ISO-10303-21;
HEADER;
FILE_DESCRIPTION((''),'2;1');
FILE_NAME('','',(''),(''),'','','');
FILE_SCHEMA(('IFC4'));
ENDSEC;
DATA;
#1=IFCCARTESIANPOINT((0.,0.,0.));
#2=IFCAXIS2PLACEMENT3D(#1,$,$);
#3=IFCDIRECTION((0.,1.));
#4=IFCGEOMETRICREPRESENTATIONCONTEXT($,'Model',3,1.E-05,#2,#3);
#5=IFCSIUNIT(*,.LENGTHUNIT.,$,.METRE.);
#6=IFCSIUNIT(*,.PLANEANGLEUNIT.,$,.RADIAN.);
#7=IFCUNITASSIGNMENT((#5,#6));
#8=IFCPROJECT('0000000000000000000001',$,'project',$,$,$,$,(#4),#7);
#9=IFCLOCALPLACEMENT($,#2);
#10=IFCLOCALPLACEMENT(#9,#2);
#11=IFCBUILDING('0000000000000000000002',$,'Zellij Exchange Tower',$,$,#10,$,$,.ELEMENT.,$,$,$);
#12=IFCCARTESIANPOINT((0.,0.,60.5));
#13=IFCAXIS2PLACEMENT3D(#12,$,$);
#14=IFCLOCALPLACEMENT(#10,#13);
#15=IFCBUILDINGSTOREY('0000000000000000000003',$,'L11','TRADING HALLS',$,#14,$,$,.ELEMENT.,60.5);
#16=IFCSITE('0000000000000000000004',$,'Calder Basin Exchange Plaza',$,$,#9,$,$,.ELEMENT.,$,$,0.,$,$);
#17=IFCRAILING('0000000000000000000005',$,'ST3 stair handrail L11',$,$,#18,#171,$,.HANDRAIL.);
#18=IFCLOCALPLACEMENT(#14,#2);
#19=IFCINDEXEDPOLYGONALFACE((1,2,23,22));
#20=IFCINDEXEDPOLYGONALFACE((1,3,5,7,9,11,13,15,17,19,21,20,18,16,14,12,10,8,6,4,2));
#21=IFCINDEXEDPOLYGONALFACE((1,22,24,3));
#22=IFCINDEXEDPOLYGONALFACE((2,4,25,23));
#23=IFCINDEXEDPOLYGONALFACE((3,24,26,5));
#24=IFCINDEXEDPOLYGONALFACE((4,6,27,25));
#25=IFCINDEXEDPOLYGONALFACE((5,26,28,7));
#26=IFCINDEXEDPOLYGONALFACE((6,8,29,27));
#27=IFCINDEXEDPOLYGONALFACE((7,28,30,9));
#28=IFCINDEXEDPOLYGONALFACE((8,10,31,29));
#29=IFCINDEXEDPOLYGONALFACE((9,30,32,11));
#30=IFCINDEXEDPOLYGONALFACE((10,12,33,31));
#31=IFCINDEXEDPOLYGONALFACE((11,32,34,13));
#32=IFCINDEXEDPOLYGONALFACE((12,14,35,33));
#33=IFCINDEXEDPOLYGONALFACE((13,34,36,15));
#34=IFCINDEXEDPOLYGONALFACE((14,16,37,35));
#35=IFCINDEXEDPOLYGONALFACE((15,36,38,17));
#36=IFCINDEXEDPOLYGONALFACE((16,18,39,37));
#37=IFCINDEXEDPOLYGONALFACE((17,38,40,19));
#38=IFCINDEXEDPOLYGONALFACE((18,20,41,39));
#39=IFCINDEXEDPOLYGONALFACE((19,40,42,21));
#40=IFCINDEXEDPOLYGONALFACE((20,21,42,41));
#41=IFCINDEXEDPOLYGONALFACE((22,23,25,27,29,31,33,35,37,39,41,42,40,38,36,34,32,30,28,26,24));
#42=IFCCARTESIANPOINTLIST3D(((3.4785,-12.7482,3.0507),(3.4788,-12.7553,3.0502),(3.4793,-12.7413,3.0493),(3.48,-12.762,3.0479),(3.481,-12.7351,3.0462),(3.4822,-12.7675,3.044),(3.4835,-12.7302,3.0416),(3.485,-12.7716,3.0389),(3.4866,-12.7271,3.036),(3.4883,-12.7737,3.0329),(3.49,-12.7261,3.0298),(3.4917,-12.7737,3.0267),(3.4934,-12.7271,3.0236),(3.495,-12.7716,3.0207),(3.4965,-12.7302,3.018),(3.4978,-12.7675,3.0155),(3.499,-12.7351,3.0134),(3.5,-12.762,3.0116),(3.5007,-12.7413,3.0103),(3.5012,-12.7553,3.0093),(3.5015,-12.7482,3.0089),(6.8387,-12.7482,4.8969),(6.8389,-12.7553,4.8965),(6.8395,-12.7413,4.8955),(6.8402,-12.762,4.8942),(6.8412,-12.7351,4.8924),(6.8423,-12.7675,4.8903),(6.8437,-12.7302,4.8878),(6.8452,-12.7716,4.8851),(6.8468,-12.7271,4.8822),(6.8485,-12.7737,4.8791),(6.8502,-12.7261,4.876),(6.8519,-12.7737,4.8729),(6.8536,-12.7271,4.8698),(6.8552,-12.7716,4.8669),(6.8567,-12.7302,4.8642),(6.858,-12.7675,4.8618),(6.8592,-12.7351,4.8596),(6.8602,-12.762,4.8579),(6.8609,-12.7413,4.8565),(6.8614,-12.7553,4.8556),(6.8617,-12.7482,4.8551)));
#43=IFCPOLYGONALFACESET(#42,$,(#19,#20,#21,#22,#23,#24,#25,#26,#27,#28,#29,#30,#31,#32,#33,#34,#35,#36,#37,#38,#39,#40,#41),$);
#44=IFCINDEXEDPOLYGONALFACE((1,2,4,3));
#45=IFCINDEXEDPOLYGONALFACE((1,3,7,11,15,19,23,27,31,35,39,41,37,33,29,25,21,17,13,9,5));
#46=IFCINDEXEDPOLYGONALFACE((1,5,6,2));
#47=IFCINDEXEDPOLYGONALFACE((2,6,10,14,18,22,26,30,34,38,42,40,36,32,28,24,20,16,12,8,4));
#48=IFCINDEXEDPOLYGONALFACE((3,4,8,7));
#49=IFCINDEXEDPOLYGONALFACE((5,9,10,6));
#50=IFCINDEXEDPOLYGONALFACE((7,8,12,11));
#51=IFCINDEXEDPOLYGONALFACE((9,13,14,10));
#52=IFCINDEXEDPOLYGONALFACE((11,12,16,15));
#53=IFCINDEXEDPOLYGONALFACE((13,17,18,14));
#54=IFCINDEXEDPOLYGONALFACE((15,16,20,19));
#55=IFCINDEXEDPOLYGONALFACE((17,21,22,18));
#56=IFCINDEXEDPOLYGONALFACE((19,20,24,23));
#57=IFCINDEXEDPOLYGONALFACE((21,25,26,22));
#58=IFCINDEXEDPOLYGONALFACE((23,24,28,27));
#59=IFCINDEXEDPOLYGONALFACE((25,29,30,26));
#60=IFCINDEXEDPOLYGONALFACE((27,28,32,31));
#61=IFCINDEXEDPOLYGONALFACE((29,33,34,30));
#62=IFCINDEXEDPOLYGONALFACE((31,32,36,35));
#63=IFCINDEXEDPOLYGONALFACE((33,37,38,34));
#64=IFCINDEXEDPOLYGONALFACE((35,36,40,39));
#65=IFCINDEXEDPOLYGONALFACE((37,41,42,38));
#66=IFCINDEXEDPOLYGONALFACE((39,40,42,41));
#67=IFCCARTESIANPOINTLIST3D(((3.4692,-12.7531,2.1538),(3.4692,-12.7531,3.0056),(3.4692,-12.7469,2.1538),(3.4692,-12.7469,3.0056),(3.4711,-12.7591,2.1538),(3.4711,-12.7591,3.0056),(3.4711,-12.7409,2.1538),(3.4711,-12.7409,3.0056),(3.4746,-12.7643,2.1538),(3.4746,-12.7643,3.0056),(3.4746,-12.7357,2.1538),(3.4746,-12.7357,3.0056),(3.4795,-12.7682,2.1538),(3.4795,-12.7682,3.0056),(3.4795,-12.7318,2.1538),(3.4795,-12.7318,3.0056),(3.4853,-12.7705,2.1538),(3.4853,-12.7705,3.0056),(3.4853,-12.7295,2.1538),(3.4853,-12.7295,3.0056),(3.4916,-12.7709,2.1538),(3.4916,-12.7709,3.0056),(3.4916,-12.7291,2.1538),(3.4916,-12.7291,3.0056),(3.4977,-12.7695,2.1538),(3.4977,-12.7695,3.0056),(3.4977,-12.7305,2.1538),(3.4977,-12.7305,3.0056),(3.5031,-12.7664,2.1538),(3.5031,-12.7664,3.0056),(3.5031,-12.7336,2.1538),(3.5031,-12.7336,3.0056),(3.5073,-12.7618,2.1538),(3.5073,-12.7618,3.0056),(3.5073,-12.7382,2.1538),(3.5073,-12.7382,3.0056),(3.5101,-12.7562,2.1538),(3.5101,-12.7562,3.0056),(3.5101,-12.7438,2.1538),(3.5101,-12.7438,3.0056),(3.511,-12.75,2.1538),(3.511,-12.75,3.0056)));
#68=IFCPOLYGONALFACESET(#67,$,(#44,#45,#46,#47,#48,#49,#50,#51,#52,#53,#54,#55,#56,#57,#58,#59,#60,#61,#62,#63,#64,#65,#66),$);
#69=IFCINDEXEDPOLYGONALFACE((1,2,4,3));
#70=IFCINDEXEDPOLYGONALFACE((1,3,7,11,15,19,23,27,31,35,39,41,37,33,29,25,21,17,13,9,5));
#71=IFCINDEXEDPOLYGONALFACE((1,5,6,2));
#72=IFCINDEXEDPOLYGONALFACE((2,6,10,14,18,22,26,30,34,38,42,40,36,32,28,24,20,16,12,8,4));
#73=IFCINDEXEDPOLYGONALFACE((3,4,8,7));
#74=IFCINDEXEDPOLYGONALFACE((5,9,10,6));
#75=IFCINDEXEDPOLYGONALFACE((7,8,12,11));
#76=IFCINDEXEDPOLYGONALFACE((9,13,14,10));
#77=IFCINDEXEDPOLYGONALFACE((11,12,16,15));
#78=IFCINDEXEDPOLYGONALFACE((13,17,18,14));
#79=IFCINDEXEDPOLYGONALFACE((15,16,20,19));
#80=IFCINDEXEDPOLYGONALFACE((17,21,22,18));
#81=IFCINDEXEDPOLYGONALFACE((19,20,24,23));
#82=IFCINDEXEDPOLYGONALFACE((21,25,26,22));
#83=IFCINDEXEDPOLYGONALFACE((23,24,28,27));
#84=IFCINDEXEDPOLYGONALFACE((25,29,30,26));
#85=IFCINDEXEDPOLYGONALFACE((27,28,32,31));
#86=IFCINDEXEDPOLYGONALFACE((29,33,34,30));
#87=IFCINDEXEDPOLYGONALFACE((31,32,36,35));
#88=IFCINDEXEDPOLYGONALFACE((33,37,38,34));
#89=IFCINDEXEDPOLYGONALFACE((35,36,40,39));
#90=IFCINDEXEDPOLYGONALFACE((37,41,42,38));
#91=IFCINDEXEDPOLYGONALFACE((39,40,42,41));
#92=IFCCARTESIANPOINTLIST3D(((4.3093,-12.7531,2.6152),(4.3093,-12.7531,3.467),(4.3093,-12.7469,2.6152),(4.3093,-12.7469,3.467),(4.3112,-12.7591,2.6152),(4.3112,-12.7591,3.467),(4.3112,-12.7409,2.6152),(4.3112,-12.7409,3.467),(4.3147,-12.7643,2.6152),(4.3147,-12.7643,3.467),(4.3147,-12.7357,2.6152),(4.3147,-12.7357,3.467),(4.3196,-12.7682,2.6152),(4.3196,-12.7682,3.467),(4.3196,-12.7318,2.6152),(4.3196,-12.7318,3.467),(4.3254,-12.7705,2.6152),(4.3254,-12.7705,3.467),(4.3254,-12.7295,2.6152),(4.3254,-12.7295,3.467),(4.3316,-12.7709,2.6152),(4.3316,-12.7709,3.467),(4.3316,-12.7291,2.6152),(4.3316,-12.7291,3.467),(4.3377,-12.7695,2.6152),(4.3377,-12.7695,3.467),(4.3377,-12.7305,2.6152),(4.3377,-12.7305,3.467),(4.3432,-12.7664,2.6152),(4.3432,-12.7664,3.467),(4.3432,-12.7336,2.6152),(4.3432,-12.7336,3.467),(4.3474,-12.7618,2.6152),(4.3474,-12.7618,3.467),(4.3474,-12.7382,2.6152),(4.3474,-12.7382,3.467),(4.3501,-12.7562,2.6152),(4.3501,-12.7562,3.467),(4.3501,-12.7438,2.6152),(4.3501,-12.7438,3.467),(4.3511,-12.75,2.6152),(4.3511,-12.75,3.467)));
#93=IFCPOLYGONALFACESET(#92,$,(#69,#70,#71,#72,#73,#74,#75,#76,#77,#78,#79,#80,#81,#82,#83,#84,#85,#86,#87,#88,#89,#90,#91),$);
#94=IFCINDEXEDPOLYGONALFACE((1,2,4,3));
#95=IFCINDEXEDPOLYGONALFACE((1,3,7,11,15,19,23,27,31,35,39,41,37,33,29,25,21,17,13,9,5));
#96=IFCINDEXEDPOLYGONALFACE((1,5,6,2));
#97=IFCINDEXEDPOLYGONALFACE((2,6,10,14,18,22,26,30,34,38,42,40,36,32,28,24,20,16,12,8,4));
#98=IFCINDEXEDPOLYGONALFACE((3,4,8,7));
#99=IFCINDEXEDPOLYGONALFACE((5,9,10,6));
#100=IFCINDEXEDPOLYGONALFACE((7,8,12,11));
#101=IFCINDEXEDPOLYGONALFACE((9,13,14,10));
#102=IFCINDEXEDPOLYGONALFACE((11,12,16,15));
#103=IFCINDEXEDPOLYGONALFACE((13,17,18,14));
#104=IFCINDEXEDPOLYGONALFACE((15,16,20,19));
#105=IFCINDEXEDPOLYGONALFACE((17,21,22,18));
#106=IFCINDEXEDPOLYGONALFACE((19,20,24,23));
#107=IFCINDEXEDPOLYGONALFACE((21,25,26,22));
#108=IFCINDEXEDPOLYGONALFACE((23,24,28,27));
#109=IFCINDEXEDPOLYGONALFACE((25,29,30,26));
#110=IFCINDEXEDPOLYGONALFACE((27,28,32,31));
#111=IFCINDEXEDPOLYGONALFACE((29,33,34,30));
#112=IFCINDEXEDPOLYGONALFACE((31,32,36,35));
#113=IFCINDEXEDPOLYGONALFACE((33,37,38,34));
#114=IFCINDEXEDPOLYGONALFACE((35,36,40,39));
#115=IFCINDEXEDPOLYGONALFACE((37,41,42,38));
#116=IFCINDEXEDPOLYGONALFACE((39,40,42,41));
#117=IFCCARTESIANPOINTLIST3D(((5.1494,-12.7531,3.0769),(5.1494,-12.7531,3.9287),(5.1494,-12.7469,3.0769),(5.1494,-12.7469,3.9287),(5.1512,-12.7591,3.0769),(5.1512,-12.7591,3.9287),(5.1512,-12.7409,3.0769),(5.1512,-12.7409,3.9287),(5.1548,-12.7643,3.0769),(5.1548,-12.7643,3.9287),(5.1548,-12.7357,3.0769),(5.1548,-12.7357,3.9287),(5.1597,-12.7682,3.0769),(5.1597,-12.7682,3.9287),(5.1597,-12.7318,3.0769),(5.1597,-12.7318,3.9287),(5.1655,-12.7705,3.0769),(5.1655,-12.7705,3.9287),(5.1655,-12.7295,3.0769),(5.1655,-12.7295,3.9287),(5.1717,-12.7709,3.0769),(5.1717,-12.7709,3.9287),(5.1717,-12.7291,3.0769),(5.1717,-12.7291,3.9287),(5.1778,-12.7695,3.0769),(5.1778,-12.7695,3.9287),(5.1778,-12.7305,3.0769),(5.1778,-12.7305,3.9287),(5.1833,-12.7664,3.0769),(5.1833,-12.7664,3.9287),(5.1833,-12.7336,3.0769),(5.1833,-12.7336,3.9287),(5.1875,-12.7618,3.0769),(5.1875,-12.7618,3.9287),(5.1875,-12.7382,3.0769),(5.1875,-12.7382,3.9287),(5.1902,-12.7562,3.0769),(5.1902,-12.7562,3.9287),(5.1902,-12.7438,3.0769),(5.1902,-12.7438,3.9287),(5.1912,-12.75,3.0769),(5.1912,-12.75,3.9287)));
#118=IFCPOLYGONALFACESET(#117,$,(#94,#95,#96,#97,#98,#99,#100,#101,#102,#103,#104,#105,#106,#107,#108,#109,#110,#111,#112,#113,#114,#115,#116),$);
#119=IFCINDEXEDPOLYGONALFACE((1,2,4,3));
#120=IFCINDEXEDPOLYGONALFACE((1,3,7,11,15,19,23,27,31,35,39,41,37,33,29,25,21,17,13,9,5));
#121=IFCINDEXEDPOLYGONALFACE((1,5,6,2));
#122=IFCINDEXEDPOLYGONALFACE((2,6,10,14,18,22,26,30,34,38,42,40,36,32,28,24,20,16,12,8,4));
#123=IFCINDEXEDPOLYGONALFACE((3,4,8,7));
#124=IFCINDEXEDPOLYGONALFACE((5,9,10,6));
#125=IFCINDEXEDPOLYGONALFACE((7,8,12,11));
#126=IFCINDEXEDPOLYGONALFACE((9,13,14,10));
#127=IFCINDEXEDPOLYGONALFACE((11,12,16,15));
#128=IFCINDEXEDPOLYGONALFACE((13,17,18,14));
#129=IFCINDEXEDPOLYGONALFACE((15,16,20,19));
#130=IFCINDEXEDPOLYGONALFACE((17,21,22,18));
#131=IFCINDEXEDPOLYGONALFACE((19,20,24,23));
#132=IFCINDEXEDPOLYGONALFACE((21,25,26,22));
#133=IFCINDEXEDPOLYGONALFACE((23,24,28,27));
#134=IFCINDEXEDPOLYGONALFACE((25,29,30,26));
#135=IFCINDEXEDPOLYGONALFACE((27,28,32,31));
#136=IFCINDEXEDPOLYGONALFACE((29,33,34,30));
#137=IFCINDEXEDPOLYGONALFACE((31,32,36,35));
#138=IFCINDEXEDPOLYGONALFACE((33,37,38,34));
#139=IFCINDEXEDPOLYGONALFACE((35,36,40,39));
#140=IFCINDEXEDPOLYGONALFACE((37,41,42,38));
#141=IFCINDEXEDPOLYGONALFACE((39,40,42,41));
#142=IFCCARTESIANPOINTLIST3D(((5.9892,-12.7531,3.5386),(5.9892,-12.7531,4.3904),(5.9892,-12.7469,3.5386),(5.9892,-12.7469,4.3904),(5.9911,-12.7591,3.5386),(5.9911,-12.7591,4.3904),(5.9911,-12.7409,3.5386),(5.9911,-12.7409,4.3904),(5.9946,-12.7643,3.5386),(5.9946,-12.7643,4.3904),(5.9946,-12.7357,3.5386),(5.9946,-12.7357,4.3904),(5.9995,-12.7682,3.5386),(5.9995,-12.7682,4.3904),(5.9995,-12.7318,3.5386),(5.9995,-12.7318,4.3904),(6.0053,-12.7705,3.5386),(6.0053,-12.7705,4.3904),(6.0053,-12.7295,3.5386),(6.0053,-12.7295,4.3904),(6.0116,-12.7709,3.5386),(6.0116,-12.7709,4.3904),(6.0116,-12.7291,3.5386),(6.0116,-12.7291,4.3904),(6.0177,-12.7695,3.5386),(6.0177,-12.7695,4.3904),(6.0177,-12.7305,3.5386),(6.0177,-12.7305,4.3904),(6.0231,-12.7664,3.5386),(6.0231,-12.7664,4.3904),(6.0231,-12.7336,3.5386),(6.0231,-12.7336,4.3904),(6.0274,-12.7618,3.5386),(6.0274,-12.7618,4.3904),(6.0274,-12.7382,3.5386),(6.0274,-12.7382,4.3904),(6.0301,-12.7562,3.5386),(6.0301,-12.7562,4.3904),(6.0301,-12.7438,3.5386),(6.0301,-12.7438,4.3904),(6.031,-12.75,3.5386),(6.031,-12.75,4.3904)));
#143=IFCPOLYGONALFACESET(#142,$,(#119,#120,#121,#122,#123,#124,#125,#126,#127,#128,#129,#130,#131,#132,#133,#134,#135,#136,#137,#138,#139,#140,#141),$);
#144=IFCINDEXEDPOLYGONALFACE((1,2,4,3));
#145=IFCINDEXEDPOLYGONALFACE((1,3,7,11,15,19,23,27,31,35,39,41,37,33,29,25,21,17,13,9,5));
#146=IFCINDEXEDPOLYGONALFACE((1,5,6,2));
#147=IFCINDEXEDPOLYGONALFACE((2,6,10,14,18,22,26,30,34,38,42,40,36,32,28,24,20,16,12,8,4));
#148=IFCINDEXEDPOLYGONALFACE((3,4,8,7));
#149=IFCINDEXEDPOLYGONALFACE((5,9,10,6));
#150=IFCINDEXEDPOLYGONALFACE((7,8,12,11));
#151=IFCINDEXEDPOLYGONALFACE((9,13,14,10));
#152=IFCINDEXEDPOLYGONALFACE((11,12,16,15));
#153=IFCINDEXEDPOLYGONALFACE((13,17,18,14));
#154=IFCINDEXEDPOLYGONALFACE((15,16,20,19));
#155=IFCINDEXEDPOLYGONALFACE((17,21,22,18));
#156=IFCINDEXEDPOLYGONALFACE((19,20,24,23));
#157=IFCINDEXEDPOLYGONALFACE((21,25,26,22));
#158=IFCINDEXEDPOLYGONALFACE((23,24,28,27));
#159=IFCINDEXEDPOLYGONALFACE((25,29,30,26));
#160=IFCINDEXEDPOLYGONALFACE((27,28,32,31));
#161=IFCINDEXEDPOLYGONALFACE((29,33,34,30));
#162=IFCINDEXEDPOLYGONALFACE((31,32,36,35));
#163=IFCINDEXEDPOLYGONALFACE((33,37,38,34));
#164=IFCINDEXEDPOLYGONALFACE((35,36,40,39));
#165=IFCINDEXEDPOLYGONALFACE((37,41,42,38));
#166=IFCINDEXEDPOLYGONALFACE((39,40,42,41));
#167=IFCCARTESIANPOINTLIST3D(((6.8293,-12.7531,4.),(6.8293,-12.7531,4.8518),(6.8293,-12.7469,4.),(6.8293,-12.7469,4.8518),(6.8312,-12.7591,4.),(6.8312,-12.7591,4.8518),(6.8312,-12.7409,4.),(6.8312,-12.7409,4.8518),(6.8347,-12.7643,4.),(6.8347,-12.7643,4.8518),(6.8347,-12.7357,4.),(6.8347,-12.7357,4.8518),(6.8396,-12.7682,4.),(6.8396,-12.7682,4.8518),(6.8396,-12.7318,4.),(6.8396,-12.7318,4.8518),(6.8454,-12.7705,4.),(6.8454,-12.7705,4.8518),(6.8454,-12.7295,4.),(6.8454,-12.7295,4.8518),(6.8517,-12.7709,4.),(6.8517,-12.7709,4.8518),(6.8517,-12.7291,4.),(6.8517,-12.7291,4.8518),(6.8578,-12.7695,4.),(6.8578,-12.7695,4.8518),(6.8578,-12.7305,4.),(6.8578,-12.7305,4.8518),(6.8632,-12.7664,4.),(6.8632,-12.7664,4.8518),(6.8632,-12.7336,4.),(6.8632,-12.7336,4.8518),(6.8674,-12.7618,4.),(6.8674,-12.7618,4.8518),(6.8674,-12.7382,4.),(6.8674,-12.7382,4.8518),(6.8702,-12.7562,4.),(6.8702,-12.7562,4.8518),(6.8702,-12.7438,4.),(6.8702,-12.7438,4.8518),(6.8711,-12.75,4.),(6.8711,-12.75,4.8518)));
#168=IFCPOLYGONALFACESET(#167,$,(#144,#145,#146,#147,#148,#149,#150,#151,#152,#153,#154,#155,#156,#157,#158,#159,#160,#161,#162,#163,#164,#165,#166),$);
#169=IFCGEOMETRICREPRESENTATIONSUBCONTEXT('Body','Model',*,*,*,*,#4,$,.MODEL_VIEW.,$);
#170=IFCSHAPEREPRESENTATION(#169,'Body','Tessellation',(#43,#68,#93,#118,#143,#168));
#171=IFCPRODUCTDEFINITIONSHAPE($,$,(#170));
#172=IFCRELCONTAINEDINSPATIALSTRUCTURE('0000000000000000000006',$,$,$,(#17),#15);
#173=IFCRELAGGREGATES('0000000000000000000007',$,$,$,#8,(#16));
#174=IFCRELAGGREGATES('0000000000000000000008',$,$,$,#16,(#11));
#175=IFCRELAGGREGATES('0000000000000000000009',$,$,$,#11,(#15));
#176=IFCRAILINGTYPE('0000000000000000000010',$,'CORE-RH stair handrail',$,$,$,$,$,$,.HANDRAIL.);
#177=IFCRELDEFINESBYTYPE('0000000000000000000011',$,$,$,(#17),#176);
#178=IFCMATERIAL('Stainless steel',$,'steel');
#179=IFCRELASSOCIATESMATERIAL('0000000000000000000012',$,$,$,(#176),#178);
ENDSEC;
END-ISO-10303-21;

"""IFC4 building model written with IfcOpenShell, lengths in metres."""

from ifc_helpers import new_model, si_unit, direction, frame, origin, origin_2d, place, context, subcontext, project, spatial, circle, extrude, material, type_object, element, save


model = new_model("IFC4")

# Units and contexts
model_context = context("Model", 3, precision=1e-05, world=origin(), true_north=direction((0.0, 1.0)))
body_context = subcontext(model_context, "Body", "Model", "MODEL_VIEW")
ifc_project = project(units=[si_unit("LENGTHUNIT", "METRE"), si_unit("PLANEANGLEUNIT", "RADIAN")], contexts=[model_context])

# Site, building, storey
site_placement = place(None, origin())
site = spatial("IfcSite", under=ifc_project, at=site_placement, Name="Calder Basin Exchange Plaza", CompositionType="ELEMENT", RefElevation=0.0)
building_placement = place(site_placement, origin())
building = spatial("IfcBuilding", under=site, at=building_placement, Name="Zellij Exchange Tower", CompositionType="ELEMENT")
storey_placement = place(building_placement, frame((0.0, 0.0, 60.5)))
storey = spatial("IfcBuildingStorey", under=building, at=storey_placement, Name="L11", Description="TRADING HALLS", CompositionType="ELEMENT", Elevation=60.5)

# Railing
ifc_material_1 = material(Name="Stainless steel", Category="steel")
railing_type_1 = type_object("IfcRailingType", Name="CORE-RH stair handrail", PredefinedType="HANDRAIL", material=ifc_material_1)
for number, where, name in (
    (1, (3.49, -12.75, 2.1538), "ST3 stair handrail L11"),
):
    element("IfcRailing", number, at=place(storey_placement, frame(where)), inside=storey, type_object=railing_type_1, Name=name, PredefinedType="HANDRAIL", context=body_context, shape_type="SweptSolid", body=[
        extrude(circle(Radius=0.0239, at=origin_2d()), frame((0.0, 0.0, 0.876), z_axis=(0.876422, 0.0, 0.481545), x_axis=(0.0, 1.0, 0.0)), (0.0, 0.0, 1.0), 3.834),
        extrude(circle(Radius=0.021, at=origin_2d()), origin(), (0.0, 0.0, 1.0), 0.8518),
        extrude(circle(Radius=0.021, at=origin_2d()), frame((0.8401, 0.0, 0.4614)), (0.0, 0.0, 1.0), 0.8518),
        extrude(circle(Radius=0.021, at=origin_2d()), frame((1.6802, 0.0, 0.9231)), (0.0, 0.0, 1.0), 0.8518),
        extrude(circle(Radius=0.021, at=origin_2d()), frame((2.52, 0.0, 1.3848)), (0.0, 0.0, 1.0), 0.8518),
        extrude(circle(Radius=0.021, at=origin_2d()), frame((3.3601, 0.0, 1.8462)), (0.0, 0.0, 1.0), 0.8518),
    ])

save(model, "model.ifc")
